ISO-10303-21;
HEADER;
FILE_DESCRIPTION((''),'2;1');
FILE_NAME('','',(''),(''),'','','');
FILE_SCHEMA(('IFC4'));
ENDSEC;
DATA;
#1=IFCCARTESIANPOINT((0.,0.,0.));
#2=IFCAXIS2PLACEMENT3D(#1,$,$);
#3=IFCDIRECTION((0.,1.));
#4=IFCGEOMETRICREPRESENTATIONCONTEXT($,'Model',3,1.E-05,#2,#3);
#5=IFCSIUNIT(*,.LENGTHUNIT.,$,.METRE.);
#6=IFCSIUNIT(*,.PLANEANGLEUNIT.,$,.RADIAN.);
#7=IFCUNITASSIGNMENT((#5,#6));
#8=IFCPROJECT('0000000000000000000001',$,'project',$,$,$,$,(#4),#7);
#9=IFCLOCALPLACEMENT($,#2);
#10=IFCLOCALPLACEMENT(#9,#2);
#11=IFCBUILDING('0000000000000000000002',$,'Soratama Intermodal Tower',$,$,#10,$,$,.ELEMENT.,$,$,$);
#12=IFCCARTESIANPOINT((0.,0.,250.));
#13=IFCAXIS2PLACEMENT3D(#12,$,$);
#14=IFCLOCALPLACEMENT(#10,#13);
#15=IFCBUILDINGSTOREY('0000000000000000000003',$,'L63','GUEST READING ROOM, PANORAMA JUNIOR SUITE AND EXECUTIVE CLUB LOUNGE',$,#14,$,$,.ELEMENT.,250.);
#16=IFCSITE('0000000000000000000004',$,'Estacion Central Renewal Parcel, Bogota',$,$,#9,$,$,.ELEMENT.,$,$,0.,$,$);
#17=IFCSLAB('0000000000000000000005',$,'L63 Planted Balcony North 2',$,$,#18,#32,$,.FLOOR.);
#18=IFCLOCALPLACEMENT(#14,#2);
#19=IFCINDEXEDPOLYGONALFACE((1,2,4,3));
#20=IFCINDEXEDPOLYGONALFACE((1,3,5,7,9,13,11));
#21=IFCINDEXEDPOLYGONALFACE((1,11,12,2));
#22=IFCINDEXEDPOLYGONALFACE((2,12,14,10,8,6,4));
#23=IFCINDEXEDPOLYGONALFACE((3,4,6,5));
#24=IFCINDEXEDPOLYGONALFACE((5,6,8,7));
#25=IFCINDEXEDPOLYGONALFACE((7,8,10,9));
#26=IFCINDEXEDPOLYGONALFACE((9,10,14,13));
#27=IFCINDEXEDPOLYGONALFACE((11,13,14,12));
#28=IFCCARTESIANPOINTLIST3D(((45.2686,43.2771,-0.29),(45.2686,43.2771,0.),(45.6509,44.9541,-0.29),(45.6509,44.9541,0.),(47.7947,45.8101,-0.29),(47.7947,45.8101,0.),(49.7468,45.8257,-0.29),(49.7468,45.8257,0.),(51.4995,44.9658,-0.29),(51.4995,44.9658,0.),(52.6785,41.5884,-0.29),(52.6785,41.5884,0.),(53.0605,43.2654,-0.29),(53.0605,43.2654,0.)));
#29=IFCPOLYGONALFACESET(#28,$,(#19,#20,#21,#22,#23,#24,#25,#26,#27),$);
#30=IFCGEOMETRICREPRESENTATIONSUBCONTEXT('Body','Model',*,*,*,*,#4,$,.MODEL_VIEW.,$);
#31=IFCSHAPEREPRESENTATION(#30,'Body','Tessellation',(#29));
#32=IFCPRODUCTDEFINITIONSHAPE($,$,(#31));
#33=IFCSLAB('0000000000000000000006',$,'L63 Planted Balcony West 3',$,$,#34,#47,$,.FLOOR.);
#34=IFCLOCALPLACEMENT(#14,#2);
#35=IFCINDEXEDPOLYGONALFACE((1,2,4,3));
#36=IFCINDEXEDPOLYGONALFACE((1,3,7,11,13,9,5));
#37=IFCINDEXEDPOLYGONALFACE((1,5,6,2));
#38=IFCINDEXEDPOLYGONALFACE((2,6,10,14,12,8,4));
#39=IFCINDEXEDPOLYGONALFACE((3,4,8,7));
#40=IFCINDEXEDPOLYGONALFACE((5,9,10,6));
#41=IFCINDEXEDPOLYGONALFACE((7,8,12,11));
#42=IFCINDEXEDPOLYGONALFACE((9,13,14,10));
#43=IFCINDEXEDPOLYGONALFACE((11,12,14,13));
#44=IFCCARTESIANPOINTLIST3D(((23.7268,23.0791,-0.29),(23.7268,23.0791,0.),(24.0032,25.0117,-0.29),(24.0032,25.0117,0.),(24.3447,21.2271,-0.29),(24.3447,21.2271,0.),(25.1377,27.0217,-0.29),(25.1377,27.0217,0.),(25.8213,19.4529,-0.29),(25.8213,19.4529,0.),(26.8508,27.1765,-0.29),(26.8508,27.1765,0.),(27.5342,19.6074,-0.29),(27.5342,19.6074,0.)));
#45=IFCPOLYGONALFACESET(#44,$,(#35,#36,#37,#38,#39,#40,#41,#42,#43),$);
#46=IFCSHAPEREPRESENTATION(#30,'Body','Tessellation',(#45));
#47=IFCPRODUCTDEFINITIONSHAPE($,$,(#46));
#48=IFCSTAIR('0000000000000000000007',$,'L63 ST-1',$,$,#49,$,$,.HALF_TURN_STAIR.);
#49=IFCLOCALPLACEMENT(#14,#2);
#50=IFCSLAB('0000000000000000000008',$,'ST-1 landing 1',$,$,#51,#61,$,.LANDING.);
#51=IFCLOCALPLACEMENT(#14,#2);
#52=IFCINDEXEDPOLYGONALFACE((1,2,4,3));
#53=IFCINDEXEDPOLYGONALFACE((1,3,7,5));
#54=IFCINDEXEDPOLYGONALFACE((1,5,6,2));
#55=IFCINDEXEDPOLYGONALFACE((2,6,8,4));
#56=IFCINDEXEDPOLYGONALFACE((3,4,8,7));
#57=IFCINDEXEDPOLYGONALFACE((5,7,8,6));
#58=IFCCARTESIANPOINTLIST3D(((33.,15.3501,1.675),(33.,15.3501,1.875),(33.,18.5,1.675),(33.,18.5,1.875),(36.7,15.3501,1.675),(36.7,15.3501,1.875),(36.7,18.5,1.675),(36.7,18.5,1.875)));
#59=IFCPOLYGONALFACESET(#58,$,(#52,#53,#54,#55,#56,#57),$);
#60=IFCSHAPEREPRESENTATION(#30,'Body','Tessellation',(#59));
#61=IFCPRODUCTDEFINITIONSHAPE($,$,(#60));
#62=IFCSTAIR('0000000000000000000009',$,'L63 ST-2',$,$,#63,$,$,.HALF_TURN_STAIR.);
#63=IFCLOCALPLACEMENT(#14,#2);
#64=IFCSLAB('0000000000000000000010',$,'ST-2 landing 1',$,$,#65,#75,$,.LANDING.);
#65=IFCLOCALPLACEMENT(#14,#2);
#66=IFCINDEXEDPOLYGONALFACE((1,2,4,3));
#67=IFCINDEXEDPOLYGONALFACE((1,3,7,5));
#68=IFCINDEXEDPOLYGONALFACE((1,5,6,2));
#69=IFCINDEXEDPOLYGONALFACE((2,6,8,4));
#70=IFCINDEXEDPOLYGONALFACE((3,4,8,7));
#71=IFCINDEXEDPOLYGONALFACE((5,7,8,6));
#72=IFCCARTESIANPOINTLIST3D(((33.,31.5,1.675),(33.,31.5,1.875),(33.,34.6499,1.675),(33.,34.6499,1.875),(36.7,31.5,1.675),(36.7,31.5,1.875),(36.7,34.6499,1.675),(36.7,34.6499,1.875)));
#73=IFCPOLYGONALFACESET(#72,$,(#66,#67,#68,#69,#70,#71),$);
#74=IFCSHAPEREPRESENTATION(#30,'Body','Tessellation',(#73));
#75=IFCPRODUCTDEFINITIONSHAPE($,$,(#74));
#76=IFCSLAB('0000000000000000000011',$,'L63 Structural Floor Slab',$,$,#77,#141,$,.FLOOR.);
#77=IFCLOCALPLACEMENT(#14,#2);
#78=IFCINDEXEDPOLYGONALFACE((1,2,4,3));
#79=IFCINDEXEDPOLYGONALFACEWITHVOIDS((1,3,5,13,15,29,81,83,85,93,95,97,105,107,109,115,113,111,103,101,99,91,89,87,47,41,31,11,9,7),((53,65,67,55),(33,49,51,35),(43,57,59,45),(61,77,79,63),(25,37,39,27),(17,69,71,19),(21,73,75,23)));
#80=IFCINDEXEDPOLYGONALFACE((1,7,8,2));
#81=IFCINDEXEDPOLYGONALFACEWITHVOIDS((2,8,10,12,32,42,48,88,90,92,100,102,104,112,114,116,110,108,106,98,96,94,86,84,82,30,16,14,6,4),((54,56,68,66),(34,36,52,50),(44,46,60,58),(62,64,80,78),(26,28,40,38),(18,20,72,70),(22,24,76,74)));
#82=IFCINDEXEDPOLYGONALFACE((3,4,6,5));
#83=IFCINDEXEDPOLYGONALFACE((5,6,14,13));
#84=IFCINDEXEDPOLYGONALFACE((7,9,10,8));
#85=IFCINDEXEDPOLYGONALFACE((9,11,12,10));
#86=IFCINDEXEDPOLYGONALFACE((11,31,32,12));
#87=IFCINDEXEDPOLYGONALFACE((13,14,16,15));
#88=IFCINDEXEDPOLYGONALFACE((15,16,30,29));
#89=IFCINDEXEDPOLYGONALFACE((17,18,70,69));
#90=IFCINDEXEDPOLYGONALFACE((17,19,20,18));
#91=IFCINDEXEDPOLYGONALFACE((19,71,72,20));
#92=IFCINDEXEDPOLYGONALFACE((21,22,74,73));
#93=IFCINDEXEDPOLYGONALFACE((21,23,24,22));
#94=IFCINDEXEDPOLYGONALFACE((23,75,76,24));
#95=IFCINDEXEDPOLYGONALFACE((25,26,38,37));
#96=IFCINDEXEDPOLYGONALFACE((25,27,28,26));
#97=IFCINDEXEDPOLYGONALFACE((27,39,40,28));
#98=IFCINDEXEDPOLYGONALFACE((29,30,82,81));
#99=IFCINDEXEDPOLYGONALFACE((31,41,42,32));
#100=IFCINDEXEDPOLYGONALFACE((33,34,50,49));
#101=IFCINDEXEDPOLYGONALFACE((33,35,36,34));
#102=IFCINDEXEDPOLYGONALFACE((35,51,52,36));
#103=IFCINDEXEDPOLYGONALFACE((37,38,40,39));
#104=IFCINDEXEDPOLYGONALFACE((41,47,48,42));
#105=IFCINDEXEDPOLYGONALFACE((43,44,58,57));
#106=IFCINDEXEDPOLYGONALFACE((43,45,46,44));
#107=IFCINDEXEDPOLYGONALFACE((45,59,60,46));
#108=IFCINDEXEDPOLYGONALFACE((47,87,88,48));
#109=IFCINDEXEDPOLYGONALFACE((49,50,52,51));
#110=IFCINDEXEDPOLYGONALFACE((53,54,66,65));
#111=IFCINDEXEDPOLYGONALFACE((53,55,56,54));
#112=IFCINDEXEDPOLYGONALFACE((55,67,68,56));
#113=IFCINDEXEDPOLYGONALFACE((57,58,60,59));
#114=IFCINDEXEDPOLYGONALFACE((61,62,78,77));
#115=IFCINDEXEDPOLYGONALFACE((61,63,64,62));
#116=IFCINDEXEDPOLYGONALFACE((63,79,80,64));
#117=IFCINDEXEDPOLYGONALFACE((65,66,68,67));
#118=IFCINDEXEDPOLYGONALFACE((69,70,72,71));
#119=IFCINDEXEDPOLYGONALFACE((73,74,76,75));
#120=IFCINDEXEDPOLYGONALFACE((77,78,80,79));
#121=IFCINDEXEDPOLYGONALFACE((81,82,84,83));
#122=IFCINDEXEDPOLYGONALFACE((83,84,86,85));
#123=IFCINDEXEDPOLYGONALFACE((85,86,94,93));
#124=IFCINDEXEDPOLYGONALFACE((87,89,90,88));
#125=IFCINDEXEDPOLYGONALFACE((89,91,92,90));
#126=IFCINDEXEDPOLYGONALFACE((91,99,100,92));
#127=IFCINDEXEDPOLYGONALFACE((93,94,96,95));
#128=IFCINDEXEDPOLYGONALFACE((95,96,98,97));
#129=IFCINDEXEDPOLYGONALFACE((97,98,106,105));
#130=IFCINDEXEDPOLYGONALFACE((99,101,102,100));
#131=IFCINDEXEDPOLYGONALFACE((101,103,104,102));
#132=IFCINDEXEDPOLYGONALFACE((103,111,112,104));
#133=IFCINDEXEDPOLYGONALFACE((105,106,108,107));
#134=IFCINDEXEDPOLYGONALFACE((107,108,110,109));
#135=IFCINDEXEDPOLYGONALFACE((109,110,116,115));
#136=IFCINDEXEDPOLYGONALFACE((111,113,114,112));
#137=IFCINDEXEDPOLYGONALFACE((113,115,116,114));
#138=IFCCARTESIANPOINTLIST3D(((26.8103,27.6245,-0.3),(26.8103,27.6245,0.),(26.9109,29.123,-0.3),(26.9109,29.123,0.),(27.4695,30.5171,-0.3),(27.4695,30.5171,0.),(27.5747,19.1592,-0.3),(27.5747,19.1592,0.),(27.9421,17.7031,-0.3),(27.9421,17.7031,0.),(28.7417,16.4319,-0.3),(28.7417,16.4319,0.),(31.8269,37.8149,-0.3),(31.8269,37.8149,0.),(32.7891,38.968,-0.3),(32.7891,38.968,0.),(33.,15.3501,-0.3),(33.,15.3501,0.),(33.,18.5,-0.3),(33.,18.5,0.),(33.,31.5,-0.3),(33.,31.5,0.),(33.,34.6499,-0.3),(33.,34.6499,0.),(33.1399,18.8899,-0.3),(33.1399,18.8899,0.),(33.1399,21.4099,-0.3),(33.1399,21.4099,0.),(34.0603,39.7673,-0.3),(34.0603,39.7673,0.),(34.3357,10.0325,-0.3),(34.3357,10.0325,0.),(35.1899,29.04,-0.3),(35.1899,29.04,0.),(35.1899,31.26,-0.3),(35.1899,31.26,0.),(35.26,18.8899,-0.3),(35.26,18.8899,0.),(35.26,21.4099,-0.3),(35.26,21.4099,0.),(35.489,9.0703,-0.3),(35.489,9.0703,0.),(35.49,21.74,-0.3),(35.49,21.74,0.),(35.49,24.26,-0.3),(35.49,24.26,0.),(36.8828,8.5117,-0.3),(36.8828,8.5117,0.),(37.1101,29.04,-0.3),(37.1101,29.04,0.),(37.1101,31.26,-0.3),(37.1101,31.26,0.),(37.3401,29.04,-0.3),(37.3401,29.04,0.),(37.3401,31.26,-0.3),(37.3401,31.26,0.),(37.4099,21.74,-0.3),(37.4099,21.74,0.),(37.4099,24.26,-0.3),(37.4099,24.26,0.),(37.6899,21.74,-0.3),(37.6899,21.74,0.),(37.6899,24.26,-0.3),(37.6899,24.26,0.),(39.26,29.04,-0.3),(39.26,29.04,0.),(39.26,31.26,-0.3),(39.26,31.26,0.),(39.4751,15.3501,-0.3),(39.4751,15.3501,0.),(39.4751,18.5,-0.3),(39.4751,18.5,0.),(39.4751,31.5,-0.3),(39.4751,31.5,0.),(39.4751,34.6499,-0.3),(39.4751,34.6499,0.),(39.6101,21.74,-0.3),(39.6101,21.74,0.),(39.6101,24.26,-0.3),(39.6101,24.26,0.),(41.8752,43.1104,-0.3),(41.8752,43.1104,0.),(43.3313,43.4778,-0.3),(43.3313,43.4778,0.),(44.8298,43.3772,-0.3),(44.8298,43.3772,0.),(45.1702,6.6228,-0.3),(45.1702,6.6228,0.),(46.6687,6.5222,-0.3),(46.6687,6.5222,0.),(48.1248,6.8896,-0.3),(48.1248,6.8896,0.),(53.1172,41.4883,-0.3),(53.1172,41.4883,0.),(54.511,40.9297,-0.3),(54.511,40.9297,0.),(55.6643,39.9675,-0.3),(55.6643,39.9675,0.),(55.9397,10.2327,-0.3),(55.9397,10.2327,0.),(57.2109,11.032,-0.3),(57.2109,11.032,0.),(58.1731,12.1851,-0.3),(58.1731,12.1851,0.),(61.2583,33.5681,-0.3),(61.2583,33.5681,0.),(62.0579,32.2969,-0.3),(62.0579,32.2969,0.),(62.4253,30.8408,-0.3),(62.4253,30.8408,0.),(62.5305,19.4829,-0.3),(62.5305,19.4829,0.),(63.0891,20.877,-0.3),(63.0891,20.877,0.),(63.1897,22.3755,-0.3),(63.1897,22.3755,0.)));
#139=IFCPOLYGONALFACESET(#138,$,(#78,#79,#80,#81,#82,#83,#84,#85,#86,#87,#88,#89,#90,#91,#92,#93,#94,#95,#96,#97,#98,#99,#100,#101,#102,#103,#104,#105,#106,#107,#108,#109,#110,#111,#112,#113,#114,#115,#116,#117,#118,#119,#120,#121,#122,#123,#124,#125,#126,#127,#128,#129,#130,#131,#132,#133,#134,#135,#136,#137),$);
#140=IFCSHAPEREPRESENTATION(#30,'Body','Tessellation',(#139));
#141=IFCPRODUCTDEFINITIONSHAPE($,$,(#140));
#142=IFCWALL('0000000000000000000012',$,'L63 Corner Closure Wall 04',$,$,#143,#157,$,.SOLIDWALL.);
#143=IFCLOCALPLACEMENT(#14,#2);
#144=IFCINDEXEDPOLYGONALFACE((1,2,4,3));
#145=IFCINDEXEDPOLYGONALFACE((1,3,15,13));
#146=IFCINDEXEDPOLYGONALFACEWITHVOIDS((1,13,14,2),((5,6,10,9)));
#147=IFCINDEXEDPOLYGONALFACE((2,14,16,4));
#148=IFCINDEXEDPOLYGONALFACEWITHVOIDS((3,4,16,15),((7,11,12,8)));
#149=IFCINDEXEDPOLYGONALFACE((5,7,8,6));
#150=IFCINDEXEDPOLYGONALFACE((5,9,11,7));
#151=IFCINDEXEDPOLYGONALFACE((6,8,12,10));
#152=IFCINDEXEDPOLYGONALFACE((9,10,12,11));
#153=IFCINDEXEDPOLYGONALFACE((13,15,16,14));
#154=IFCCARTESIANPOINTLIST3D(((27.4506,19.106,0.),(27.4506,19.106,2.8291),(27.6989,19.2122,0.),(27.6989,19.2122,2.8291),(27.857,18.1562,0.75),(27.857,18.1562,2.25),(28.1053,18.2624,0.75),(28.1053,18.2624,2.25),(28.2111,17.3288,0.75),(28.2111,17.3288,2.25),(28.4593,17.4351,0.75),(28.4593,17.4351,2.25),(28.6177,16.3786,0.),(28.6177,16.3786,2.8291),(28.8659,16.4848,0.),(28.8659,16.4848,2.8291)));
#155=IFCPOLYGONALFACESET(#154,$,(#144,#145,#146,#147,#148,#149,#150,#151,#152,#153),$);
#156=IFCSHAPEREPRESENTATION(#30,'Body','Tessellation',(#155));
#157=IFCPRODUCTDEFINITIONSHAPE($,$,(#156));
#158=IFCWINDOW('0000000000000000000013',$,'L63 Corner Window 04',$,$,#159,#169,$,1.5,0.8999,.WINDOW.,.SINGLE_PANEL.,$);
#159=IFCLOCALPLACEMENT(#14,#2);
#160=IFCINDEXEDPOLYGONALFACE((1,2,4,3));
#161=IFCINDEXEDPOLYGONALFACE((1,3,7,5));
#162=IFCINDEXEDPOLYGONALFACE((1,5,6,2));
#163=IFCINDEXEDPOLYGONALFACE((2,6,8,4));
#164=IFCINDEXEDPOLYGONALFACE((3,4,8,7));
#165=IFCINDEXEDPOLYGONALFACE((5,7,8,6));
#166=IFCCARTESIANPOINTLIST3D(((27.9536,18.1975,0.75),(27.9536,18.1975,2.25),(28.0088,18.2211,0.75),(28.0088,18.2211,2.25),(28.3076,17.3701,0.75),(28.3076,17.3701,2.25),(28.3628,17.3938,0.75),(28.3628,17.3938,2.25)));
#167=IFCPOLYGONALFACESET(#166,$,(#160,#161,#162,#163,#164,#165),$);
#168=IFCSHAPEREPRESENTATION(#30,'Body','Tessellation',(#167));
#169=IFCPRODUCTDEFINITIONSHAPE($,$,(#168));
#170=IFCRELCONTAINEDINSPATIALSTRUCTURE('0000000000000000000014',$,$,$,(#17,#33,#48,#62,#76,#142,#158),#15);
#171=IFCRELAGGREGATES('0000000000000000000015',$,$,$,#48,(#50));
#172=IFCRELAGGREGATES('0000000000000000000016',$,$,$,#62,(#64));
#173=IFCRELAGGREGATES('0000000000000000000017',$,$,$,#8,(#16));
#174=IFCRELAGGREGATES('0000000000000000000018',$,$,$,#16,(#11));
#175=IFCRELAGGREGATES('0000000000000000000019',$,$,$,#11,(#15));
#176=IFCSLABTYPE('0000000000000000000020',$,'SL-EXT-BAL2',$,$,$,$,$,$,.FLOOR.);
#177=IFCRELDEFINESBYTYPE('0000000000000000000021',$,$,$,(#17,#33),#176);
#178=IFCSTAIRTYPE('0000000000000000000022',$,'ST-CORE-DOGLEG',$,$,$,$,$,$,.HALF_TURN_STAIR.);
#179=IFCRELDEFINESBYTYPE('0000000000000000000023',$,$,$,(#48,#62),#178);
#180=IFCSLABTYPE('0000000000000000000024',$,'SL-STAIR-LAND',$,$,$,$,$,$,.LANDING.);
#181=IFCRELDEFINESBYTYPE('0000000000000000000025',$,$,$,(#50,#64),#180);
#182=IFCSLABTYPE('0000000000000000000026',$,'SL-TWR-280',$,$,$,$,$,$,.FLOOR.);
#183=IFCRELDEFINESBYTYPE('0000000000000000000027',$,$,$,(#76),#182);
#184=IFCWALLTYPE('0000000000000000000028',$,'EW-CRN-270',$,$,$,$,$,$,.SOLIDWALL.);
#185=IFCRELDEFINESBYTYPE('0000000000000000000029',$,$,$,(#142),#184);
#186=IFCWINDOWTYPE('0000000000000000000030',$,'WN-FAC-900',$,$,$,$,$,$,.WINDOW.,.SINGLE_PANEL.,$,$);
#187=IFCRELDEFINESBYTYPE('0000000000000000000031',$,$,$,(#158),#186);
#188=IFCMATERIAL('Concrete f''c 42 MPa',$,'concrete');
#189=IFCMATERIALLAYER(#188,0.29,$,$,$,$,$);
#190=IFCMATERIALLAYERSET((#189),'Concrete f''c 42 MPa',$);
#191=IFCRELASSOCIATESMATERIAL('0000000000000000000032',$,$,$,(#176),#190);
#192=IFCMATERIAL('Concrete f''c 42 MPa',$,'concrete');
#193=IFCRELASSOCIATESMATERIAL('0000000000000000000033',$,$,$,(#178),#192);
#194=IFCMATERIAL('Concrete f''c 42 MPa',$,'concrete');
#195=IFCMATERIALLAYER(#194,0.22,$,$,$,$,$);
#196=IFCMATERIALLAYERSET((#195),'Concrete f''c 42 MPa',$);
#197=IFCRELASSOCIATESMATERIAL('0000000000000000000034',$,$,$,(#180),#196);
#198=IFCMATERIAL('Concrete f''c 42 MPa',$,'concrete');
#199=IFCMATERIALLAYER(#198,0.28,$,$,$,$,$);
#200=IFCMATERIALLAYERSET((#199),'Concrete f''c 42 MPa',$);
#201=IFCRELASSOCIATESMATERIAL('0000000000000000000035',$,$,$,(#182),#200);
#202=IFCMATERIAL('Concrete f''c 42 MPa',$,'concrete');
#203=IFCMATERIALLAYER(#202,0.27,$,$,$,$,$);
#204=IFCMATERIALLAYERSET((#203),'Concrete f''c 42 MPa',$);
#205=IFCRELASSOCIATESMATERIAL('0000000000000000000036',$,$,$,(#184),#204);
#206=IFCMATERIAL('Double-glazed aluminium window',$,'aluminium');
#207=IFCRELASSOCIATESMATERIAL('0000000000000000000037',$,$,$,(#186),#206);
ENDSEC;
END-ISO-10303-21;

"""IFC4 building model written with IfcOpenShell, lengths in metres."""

from ifc_helpers import new_model, si_unit, direction, frame, frame_2d, origin, place, context, subcontext, project, spatial, polyline, rectangle, outline, extrude, material, layer, layer_set, type_object, element, fill, aggregate, save


model = new_model("IFC4")

# Units and contexts
model_context = context("Model", 3, precision=1e-05, world=origin(), true_north=direction((0.0, 1.0)))
body_context = subcontext(model_context, "Body", "Model", "MODEL_VIEW")
ifc_project = project(units=[si_unit("LENGTHUNIT", "METRE"), si_unit("PLANEANGLEUNIT", "RADIAN")], contexts=[model_context])

# Site, building, storey
site_placement = place(None, origin())
site = spatial("IfcSite", under=ifc_project, at=site_placement, Name="Estacion Central Renewal Parcel, Bogota", CompositionType="ELEMENT", RefElevation=0.0)
building_placement = place(site_placement, origin())
building = spatial("IfcBuilding", under=site, at=building_placement, Name="Soratama Intermodal Tower", CompositionType="ELEMENT")
storey_placement = place(building_placement, frame((0.0, 0.0, 250.0)))
storey = spatial("IfcBuildingStorey", under=building, at=storey_placement, Name="L63", Description="GUEST READING ROOM, PANORAMA JUNIOR SUITE AND EXECUTIVE CLUB LOUNGE", CompositionType="ELEMENT", Elevation=250.0)

# Slabs
ifc_material_1 = material(Name="Concrete f'c 42 MPa", Category="concrete")
ifc_layer_1 = layer(ifc_material_1, 0.29)
ifc_layer_set_1 = layer_set([ifc_layer_1], Name="Concrete f'c 42 MPa")
slab_type_1 = type_object("IfcSlabType", Name="SL-EXT-BAL2", PredefinedType="FLOOR", material=ifc_layer_set_1)
slab_1_placement = place(storey_placement, frame((0.0, 0.0, -0.29)))
element("IfcSlab", 1, at=slab_1_placement, inside=storey, type_object=slab_type_1, Name="L63 Planted Balcony North 2", PredefinedType="FLOOR", context=body_context, shape_type="SweptSolid", body=[
    extrude(outline(polyline([(52.6785, 41.5884), (45.2686, 43.2771), (45.6509, 44.9541), (47.7947, 45.8101), (49.7468, 45.8257), (51.4995, 44.9658), (53.0605, 43.2654), (52.6785, 41.5884)])), origin(), (0.0, 0.0, 1.0), 0.29),
])
slab_2_placement = place(storey_placement, frame((0.0, 0.0, -0.29)))
element("IfcSlab", 2, at=slab_2_placement, inside=storey, type_object=slab_type_1, Name="L63 Planted Balcony West 3", PredefinedType="FLOOR", context=body_context, shape_type="SweptSolid", body=[
    extrude(outline(polyline([(26.8508, 27.1765), (27.5342, 19.6074), (25.8213, 19.4529), (24.3447, 21.2271), (23.7268, 23.0791), (24.0032, 25.0117), (25.1377, 27.0217), (26.8508, 27.1765)])), origin(), (0.0, 0.0, 1.0), 0.29),
])

# Stairs, slabs
ifc_material_2 = material(Name="Concrete f'c 42 MPa", Category="concrete")
stair_type = type_object("IfcStairType", Name="ST-CORE-DOGLEG", PredefinedType="HALF_TURN_STAIR", material=ifc_material_2)
stair_1_placement = place(storey_placement, origin())
stair_1 = element("IfcStair", 3, at=stair_1_placement, inside=storey, type_object=stair_type, Name="L63 ST-1", PredefinedType="HALF_TURN_STAIR")
ifc_material_3 = material(Name="Concrete f'c 42 MPa", Category="concrete")
ifc_layer_2 = layer(ifc_material_3, 0.22)
ifc_layer_set_2 = layer_set([ifc_layer_2], Name="Concrete f'c 42 MPa")
slab_type_2 = type_object("IfcSlabType", Name="SL-STAIR-LAND", PredefinedType="LANDING", material=ifc_layer_set_2)
slab_3_placement = place(storey_placement, frame((0.0, 0.0, 1.675)))
slab_3 = element("IfcSlab", 4, at=slab_3_placement, type_object=slab_type_2, Name="ST-1 landing 1", PredefinedType="LANDING", context=body_context, shape_type="SweptSolid", body=[
    extrude(outline(polyline([(36.7, 18.5), (33.0, 18.5), (33.0, 15.3501), (36.7, 15.3501), (36.7, 18.5)])), origin(), (0.0, 0.0, 1.0), 0.2),
])
aggregate(stair_1, [slab_3])
stair_2_placement = place(storey_placement, origin())
stair_2 = element("IfcStair", 5, at=stair_2_placement, inside=storey, type_object=stair_type, Name="L63 ST-2", PredefinedType="HALF_TURN_STAIR")
slab_4_placement = place(storey_placement, frame((0.0, 0.0, 1.675)))
slab_4 = element("IfcSlab", 6, at=slab_4_placement, type_object=slab_type_2, Name="ST-2 landing 1", PredefinedType="LANDING", context=body_context, shape_type="SweptSolid", body=[
    extrude(outline(polyline([(36.7, 34.6499), (33.0, 34.6499), (33.0, 31.5), (36.7, 31.5), (36.7, 34.6499)])), origin(), (0.0, 0.0, 1.0), 0.2),
])
aggregate(stair_2, [slab_4])

# Slab
ifc_material_4 = material(Name="Concrete f'c 42 MPa", Category="concrete")
ifc_layer_3 = layer(ifc_material_4, 0.28)
ifc_layer_set_3 = layer_set([ifc_layer_3], Name="Concrete f'c 42 MPa")
slab_type_3 = type_object("IfcSlabType", Name="SL-TWR-280", PredefinedType="FLOOR", material=ifc_layer_set_3)
slab_5_placement = place(storey_placement, frame((0.0, 0.0, -0.3)))
element("IfcSlab", 7, at=slab_5_placement, inside=storey, type_object=slab_type_3, Name="L63 Structural Floor Slab", PredefinedType="FLOOR", context=body_context, shape_type="SweptSolid", body=[
    extrude(outline(polyline([(55.6643, 39.9675), (54.511, 40.9297), (53.1172, 41.4883), (44.8298, 43.3772), (43.3313, 43.4778), (41.8752, 43.1104), (34.0603, 39.7673), (32.7891, 38.968), (31.8269, 37.8149), (27.4695, 30.5171), (26.9109, 29.123), (26.8103, 27.6245), (27.5747, 19.1592), (27.9421, 17.7031), (28.7417, 16.4319), (34.3357, 10.0325), (35.489, 9.0703), (36.8828, 8.5117), (45.1702, 6.6228), (46.6687, 6.5222), (48.1248, 6.8896), (55.9397, 10.2327), (57.2109, 11.032), (58.1731, 12.1851), (62.5305, 19.4829), (63.0891, 20.877), (63.1897, 22.3755), (62.4253, 30.8408), (62.0579, 32.2969), (61.2583, 33.5681), (55.6643, 39.9675)]), holes=[polyline([(33.0, 15.3501), (39.4751, 15.3501), (39.4751, 18.5), (33.0, 18.5), (33.0, 15.3501)]), polyline([(35.26, 21.4099), (33.1399, 21.4099), (33.1399, 18.8899), (35.26, 18.8899), (35.26, 21.4099)]), polyline([(37.4099, 24.26), (35.49, 24.26), (35.49, 21.74), (37.4099, 21.74), (37.4099, 24.26)]), polyline([(39.6101, 24.26), (37.6899, 24.26), (37.6899, 21.74), (39.6101, 21.74), (39.6101, 24.26)]), polyline([(37.1101, 31.26), (35.1899, 31.26), (35.1899, 29.04), (37.1101, 29.04), (37.1101, 31.26)]), polyline([(39.26, 31.26), (37.3401, 31.26), (37.3401, 29.04), (39.26, 29.04), (39.26, 31.26)]), polyline([(33.0, 34.6499), (33.0, 31.5), (39.4751, 31.5), (39.4751, 34.6499), (33.0, 34.6499)])]), origin(), (0.0, 0.0, 1.0), 0.3),
])

# Wall, opening, window
ifc_material_5 = material(Name="Concrete f'c 42 MPa", Category="concrete")
ifc_layer_4 = layer(ifc_material_5, 0.27)
ifc_layer_set_4 = layer_set([ifc_layer_4], Name="Concrete f'c 42 MPa")
wall_type_1 = type_object("IfcWallType", Name="EW-CRN-270", PredefinedType="SOLIDWALL", material=ifc_layer_set_4)
wall_1_placement = place(storey_placement, frame((27.5747, 19.1592, 0.0), z_axis=(0.0, 0.0, 1.0), x_axis=(0.393393, -0.91937, 0.0)))
wall_1 = element("IfcWall", 8, at=wall_1_placement, inside=storey, type_object=wall_type_1, Name="L63 Corner Closure Wall 04", PredefinedType="SOLIDWALL", context=body_context, shape_type="SweptSolid", body=[
    extrude(rectangle(XDim=2.9666, YDim=0.27, at=frame_2d((1.4834, 0.0))), origin(), (0.0, 0.0, 1.0), 2.8291),
])
opening_1_placement = place(wall_1_placement, frame((1.0332, 0.0, 0.75)))
opening_1 = element("IfcOpeningElement", 9, at=opening_1_placement, cuts=wall_1, PredefinedType="OPENING", context=body_context, shape_type="SweptSolid", body=[
    extrude(rectangle(XDim=0.8999, YDim=1.5, at=frame_2d((0.45, 0.75))), frame((0.0, 0.145, 0.0), z_axis=(0.0, -1.0, 0.0), x_axis=(1.0, 0.0, 0.0)), (0.0, 0.0, 1.0), 0.29),
])
ifc_material_6 = material(Name="Double-glazed aluminium window", Category="aluminium")
window_type = type_object("IfcWindowType", Name="WN-FAC-900", PartitioningType="SINGLE_PANEL", PredefinedType="WINDOW", material=ifc_material_6)
window_placement = place(opening_1_placement, origin())
window = element("IfcWindow", 10, at=window_placement, inside=storey, type_object=window_type, Name="L63 Corner Window 04", OverallHeight=1.5, OverallWidth=0.8999, PartitioningType="SINGLE_PANEL", PredefinedType="WINDOW", context=body_context, shape_type="SweptSolid", body=[
    extrude(rectangle(XDim=0.8999, YDim=1.5, at=frame_2d((0.45, 0.75))), frame((0.0, 0.03, 0.0), z_axis=(0.0, -1.0, 0.0), x_axis=(1.0, 0.0, 0.0)), (0.0, 0.0, 1.0), 0.0601),
])
fill(opening_1, window)

save(model, "model.ifc")
